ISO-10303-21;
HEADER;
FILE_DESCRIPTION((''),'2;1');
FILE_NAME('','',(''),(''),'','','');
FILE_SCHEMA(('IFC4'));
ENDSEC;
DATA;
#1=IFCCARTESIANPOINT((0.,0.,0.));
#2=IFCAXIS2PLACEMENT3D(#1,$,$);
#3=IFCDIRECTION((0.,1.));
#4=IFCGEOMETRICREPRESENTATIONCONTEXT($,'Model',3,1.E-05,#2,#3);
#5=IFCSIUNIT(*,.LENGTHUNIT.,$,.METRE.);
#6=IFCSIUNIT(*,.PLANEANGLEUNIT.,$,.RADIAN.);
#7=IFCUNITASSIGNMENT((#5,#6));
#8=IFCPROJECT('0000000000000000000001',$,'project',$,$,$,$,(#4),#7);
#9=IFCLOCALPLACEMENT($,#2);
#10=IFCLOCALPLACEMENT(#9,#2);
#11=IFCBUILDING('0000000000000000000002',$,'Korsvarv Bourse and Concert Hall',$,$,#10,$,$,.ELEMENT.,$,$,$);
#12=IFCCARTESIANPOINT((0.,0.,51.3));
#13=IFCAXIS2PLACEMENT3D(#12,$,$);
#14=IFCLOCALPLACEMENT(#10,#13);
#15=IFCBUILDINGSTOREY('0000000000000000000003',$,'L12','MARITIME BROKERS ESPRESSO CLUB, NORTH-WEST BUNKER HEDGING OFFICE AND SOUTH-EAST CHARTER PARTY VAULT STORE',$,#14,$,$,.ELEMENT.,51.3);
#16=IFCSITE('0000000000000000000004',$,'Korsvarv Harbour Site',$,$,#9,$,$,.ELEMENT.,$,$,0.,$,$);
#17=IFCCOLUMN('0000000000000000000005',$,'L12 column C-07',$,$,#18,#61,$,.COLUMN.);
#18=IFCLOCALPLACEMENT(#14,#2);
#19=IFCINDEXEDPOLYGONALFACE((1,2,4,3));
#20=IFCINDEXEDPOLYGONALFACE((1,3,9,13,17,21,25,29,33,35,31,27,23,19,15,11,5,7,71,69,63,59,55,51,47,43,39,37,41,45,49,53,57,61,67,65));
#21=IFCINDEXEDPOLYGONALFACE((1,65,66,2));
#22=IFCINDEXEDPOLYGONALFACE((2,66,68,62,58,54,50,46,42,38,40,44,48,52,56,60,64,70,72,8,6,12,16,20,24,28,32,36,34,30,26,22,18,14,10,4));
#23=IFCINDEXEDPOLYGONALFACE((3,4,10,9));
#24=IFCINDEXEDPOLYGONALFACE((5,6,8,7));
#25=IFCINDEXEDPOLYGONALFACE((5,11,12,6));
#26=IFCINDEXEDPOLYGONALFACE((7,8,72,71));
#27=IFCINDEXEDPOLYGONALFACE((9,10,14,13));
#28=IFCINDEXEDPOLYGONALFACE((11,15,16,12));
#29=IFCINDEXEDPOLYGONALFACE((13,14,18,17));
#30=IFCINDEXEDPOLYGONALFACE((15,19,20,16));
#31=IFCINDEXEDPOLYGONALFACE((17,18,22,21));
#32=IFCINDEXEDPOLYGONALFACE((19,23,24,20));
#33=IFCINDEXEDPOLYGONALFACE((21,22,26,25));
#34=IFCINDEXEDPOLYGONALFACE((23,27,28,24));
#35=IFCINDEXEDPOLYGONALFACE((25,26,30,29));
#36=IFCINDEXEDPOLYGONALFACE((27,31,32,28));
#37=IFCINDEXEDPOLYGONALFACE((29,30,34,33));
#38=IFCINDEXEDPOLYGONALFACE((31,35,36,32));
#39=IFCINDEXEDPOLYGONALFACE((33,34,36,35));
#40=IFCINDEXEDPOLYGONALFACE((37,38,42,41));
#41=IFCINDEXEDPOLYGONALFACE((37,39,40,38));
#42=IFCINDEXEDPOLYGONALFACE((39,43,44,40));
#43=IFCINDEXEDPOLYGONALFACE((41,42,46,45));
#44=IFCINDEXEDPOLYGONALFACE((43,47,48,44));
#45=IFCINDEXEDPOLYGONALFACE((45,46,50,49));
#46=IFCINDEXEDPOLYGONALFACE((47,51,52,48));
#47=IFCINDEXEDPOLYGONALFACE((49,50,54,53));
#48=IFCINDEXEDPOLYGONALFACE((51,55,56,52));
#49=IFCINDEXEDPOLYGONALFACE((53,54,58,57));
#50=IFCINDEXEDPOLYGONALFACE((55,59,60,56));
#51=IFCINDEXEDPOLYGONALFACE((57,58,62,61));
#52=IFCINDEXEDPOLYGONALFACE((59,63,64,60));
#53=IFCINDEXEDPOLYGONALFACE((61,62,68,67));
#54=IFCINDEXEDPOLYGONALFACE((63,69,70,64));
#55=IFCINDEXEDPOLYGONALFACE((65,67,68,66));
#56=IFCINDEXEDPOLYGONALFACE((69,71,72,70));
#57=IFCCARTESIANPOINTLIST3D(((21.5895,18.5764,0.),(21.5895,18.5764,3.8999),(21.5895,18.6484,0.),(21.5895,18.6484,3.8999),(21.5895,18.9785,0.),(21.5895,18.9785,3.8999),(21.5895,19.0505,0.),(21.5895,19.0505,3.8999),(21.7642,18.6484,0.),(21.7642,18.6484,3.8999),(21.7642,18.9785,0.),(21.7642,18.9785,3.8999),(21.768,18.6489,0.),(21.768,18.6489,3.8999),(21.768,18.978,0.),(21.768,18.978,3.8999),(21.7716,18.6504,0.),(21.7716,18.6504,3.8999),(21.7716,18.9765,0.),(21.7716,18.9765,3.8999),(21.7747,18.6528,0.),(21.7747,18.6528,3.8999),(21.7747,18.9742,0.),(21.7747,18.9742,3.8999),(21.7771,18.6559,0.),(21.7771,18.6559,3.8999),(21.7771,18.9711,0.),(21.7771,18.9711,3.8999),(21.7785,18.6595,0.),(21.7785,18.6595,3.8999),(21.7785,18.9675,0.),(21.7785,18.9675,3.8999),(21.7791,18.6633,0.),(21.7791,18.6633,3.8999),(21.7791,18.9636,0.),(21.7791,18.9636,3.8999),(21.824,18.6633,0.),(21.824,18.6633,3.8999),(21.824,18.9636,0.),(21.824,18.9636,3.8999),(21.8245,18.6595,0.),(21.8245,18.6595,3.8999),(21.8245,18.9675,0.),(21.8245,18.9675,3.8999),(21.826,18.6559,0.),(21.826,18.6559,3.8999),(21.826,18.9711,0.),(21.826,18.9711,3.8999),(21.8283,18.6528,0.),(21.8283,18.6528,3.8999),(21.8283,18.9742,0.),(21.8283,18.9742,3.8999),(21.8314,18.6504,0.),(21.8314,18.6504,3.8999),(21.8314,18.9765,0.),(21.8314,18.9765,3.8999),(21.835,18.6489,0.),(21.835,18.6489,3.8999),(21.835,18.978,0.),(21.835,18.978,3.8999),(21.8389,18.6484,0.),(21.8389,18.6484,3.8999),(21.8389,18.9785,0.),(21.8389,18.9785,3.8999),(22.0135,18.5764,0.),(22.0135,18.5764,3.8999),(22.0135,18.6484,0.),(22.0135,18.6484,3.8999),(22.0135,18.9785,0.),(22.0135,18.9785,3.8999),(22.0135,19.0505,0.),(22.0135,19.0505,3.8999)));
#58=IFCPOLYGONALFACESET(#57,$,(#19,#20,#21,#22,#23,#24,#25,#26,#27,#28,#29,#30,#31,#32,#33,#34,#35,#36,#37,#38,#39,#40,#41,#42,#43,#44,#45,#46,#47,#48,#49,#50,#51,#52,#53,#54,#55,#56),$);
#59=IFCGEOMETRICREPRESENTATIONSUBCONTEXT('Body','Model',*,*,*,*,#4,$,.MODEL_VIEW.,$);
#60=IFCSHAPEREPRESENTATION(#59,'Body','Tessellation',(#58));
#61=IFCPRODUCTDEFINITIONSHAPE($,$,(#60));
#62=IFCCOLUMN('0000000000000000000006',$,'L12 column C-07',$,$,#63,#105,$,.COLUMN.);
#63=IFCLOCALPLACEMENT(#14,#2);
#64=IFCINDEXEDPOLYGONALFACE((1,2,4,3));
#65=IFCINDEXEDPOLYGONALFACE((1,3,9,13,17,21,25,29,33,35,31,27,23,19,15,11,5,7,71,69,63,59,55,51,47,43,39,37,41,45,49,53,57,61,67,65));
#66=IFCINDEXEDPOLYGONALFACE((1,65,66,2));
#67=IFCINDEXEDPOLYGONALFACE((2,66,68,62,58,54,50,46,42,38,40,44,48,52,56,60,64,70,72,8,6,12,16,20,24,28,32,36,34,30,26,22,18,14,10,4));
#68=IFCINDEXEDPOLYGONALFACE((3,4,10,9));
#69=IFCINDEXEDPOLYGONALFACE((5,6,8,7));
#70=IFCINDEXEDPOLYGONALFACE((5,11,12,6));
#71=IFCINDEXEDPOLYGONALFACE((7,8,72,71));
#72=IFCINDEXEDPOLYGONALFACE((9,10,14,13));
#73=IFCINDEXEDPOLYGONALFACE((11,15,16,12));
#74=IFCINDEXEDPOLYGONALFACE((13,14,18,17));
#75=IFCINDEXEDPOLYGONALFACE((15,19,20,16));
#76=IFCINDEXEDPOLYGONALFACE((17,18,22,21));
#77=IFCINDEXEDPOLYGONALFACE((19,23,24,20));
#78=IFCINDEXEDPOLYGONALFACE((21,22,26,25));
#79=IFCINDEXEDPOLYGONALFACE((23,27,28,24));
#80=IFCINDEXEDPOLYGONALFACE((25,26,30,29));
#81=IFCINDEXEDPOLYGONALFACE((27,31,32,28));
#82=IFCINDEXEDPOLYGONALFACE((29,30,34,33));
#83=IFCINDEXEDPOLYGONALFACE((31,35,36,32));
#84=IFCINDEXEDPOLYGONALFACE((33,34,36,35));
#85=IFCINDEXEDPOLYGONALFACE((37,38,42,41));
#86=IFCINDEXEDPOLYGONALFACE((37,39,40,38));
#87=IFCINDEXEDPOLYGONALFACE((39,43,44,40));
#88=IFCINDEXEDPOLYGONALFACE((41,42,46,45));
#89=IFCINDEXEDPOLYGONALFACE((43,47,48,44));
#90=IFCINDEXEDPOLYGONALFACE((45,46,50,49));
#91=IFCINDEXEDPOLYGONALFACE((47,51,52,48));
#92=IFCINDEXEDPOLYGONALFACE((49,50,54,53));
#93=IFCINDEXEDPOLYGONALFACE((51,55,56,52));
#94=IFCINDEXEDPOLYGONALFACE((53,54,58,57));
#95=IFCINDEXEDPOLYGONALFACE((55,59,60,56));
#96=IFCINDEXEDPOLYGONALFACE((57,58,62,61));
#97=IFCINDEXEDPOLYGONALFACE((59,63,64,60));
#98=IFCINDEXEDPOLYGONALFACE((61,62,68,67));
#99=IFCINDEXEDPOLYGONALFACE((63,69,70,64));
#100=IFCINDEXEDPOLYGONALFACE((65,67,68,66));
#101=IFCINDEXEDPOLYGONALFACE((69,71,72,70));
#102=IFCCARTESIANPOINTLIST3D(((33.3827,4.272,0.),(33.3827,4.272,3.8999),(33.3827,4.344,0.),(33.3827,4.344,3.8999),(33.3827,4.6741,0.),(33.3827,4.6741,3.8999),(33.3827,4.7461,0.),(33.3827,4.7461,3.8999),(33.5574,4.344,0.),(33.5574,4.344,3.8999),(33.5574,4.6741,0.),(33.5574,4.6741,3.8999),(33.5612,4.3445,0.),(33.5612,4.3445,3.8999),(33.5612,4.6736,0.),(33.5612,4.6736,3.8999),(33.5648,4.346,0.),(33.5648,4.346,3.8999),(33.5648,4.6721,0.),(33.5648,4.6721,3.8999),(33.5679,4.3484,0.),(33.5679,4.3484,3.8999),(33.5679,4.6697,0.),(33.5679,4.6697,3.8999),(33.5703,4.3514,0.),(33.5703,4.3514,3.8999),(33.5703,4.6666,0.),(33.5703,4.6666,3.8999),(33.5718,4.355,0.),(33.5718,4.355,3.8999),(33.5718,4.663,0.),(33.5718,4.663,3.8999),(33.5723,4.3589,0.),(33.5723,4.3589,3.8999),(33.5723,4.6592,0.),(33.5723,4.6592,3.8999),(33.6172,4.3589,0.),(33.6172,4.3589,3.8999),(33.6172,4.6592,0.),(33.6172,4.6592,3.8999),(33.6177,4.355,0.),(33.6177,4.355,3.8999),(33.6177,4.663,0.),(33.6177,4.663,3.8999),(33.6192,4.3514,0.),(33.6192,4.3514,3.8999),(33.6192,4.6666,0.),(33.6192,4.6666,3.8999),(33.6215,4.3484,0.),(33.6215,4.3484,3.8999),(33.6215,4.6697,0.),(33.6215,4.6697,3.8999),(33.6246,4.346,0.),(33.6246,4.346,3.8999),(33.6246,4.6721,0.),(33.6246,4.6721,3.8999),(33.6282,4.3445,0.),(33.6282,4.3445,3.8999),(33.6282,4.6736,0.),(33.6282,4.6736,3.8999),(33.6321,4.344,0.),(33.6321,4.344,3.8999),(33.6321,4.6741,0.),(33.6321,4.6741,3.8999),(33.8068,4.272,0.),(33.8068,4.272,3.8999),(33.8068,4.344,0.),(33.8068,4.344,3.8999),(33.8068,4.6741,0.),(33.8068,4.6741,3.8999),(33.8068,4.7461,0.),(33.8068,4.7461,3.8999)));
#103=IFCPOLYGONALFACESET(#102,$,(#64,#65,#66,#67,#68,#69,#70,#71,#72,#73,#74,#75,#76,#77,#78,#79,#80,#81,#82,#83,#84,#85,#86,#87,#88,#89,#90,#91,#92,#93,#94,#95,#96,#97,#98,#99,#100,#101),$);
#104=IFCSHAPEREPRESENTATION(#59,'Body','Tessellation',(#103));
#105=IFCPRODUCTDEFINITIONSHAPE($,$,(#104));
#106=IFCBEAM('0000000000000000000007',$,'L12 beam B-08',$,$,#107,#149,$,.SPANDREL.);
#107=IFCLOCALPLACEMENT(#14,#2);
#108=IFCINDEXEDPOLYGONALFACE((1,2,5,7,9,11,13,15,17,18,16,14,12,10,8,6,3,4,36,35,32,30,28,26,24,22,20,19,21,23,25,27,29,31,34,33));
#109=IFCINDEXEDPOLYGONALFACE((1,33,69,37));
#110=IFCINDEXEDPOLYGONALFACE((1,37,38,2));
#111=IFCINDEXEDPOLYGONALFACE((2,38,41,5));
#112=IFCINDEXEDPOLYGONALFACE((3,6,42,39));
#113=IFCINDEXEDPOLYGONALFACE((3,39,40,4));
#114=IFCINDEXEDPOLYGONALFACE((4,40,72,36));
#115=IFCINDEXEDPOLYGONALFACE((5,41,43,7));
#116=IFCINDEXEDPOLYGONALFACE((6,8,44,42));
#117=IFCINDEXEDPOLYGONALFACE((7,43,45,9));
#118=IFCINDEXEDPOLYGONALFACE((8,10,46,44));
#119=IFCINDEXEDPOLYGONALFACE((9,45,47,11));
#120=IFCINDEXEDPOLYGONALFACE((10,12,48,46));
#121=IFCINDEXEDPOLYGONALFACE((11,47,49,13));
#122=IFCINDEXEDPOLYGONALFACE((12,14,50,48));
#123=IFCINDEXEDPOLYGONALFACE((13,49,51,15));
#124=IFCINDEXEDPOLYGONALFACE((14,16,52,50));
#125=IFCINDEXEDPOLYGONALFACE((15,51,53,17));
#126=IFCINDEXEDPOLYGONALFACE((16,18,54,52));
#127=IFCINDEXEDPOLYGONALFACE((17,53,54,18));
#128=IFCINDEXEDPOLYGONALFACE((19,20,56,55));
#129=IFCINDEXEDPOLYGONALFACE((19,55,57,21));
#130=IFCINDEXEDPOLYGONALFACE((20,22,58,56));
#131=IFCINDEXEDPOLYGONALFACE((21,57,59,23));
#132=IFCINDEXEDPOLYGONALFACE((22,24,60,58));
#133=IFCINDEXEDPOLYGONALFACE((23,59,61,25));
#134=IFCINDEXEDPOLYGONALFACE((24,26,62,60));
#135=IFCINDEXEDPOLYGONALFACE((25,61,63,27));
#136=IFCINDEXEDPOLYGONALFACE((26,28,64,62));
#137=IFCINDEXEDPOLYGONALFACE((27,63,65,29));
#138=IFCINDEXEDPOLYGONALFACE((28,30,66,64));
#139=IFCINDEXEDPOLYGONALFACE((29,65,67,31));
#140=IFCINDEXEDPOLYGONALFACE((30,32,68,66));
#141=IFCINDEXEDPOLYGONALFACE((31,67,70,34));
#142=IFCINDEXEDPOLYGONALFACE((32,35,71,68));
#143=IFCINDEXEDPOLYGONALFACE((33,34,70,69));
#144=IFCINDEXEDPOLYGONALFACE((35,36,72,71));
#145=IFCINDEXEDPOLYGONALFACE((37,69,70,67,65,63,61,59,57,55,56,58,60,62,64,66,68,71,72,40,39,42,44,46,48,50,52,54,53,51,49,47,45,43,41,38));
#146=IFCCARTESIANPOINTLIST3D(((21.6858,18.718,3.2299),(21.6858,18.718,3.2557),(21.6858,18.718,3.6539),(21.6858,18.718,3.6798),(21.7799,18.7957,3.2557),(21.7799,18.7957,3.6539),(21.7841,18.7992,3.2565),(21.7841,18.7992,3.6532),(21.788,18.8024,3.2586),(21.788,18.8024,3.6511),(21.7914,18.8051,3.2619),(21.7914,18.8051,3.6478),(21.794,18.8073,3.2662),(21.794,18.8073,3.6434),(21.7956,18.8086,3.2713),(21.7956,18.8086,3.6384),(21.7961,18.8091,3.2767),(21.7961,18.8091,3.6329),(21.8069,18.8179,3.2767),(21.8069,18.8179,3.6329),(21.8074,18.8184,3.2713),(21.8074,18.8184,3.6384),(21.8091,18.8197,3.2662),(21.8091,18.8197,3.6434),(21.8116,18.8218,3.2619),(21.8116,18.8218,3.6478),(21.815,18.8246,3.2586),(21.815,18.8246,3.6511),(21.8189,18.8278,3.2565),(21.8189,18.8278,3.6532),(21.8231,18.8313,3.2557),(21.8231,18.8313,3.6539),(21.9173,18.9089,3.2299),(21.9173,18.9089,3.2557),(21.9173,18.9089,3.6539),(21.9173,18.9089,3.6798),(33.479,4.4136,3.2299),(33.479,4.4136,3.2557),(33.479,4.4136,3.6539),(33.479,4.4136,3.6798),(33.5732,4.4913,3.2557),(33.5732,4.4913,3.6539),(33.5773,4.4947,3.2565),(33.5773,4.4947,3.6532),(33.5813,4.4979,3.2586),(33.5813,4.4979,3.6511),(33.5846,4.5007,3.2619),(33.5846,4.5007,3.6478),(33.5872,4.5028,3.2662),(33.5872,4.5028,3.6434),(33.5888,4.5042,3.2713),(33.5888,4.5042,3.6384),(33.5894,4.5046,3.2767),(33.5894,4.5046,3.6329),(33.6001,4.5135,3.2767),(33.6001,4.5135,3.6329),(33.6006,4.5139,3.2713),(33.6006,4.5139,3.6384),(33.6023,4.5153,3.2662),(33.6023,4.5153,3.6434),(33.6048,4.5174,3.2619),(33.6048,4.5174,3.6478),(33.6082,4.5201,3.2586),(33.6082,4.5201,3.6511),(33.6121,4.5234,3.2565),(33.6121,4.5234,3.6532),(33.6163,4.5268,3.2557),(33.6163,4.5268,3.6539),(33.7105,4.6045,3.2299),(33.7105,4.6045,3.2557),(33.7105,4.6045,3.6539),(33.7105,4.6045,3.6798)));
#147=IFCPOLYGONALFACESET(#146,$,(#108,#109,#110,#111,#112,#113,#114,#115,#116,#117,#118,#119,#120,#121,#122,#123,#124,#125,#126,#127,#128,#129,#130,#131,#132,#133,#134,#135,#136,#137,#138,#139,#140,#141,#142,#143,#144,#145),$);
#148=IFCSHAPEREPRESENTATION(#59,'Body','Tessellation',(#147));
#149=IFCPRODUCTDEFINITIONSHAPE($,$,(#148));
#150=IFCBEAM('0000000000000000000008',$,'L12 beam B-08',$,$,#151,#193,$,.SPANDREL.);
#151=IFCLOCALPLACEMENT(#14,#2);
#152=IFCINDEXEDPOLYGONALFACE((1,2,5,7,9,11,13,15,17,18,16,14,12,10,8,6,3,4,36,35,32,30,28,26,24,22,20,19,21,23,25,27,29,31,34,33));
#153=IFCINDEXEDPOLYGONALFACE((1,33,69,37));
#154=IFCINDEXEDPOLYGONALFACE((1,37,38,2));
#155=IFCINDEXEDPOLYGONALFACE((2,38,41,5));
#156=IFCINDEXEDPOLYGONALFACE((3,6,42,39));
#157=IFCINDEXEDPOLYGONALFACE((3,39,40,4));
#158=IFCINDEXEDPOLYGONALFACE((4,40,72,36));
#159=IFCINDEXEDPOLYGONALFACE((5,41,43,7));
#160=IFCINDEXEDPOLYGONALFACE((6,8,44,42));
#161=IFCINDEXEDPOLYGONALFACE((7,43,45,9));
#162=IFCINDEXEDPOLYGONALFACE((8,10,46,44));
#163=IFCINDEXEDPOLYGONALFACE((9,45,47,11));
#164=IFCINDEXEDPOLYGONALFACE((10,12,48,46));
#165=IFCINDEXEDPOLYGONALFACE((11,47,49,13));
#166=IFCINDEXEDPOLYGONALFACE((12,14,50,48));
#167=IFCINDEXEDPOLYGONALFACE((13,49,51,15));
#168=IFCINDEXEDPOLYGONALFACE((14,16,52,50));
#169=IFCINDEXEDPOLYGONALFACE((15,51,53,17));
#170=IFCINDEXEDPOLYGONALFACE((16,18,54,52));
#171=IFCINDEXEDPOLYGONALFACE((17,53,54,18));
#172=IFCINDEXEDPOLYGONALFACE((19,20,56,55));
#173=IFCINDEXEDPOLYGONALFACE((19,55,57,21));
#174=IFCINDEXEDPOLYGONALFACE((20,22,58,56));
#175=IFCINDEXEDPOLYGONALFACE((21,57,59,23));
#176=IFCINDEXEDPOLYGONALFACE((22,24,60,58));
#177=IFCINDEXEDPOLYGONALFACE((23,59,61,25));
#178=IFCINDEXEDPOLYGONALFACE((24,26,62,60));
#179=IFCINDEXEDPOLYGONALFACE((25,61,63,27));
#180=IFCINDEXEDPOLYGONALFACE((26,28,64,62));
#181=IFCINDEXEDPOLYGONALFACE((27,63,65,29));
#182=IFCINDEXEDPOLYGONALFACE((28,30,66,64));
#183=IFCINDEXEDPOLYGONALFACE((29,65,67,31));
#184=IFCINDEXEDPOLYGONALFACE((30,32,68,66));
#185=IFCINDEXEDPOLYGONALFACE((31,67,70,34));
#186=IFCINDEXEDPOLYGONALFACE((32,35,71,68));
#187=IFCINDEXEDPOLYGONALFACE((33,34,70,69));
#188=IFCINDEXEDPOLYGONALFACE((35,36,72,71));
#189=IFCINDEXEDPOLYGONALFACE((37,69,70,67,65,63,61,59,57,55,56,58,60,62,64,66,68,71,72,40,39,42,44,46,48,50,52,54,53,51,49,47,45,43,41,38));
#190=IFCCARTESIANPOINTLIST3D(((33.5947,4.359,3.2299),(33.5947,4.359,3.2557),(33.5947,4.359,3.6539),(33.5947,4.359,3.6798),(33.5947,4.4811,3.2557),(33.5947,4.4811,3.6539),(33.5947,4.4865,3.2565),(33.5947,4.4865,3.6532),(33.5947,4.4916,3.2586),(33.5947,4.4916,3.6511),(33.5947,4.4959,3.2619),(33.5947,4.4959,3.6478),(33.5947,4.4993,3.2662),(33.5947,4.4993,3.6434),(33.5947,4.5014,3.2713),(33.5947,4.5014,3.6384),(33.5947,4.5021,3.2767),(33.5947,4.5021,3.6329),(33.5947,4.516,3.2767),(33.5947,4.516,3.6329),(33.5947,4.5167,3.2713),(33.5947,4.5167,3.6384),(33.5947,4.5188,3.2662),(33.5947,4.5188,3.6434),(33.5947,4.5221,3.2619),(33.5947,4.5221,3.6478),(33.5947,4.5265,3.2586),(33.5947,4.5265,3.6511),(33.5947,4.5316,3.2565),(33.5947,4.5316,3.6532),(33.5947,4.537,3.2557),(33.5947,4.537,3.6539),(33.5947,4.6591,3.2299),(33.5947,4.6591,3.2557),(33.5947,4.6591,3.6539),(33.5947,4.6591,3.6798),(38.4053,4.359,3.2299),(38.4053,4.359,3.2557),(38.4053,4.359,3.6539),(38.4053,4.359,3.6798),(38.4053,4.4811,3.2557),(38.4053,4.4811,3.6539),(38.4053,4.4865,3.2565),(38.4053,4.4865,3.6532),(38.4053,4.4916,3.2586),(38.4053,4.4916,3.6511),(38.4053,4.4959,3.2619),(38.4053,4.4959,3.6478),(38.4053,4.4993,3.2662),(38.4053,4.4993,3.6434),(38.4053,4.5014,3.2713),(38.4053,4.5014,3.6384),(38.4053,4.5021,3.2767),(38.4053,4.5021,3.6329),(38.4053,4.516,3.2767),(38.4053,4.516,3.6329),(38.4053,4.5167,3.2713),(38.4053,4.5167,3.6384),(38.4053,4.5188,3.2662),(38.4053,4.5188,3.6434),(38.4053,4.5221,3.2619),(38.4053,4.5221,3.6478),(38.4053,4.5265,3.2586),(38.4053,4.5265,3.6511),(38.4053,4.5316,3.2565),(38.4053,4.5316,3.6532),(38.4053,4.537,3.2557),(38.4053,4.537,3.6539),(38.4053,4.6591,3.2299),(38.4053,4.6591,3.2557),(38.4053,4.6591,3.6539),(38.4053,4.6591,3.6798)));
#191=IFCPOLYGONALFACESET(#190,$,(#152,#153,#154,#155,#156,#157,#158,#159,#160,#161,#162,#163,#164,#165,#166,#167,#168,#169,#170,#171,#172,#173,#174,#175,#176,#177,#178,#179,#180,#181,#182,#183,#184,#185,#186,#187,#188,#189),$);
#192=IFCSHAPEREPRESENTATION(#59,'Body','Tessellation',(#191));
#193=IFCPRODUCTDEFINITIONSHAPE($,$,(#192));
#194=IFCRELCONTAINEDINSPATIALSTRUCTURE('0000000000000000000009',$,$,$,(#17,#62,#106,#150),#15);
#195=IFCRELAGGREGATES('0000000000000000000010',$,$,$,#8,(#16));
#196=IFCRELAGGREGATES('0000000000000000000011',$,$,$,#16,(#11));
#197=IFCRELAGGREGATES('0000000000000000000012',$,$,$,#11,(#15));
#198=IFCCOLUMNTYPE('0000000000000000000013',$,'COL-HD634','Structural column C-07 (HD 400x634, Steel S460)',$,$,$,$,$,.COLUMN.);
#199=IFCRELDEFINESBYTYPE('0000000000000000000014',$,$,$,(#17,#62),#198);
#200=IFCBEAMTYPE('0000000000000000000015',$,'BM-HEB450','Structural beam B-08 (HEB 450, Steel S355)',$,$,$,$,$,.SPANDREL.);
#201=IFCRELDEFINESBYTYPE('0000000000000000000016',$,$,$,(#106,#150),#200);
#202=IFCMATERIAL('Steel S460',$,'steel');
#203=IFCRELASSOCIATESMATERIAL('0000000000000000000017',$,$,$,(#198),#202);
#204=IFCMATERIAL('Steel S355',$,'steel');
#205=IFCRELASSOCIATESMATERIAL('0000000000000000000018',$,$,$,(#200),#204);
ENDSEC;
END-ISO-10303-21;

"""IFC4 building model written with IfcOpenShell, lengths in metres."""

from ifc_helpers import new_model, si_unit, direction, frame, origin, origin_2d, place, context, subcontext, project, spatial, i_section, extrude, source, transform, mapped, material, material_profile, profile_set, type_object, element, save


model = new_model("IFC4")

# Units and contexts
model_context = context("Model", 3, precision=1e-05, world=origin(), true_north=direction((0.0, 1.0)))
body_context = subcontext(model_context, "Body", "Model", "MODEL_VIEW")
ifc_project = project(units=[si_unit("LENGTHUNIT", "METRE"), si_unit("PLANEANGLEUNIT", "RADIAN")], contexts=[model_context])

# Site, building, storey
site_placement = place(None, origin())
site = spatial("IfcSite", under=ifc_project, at=site_placement, Name="Korsvarv Harbour Site", CompositionType="ELEMENT", RefElevation=0.0)
building_placement = place(site_placement, origin())
building = spatial("IfcBuilding", under=site, at=building_placement, Name="Korsvarv Bourse and Concert Hall", CompositionType="ELEMENT")
storey_placement = place(building_placement, frame((0.0, 0.0, 51.3)))
storey = spatial("IfcBuildingStorey", under=building, at=storey_placement, Name="L12", Description="MARITIME BROKERS ESPRESSO CLUB, NORTH-WEST BUNKER HEDGING OFFICE AND SOUTH-EAST CHARTER PARTY VAULT STORE", CompositionType="ELEMENT", Elevation=51.3)

# Columns
ifc_material_1 = material(Name="Steel S460", Category="steel")
ifc_material_profile_1 = material_profile(ifc_material_1, i_section(OverallWidth=0.4241, OverallDepth=0.4741, WebThickness=0.0449, FlangeThickness=0.072, FilletRadius=0.0149, at=origin_2d()), Name="HD 400x634")
ifc_profile_set_1 = profile_set([ifc_material_profile_1], Name="Steel S460")
column_type = type_object("IfcColumnType", Name="COL-HD634", Description="Structural column C-07 (HD 400x634, Steel S460)", PredefinedType="COLUMN", material=ifc_profile_set_1)
shared_shape_1 = source(origin(), body_context, "Body", "SweptSolid", [
    extrude(i_section(OverallWidth=0.4241, OverallDepth=0.4741, WebThickness=0.0449, FlangeThickness=0.072, FilletRadius=0.0149, at=origin_2d()), origin(), (0.0, 0.0, 1.0), 3.8999),
])
for number, where, z_axis, x_axis, name in (
    (1, (21.8015, 18.8135, 0.0), (0.0, 0.0, 1.0), (1.0, 0.0, 0.0), "L12 column C-07"),
    (2, (33.5947, 4.509, 0.0), (0.0, 0.0, 1.0), (1.0, 0.0, 0.0), "L12 column C-07"),
):
    element("IfcColumn", number, at=place(storey_placement, frame(where, z_axis=z_axis, x_axis=x_axis)), inside=storey, type_object=column_type, Name=name, PredefinedType="COLUMN", context=body_context, shape_type="MappedRepresentation", body=[
        mapped(shared_shape_1, transform((0.0, 0.0, 0.0), scale=1.0)),
    ])

# Beams
ifc_material_2 = material(Name="Steel S355", Category="steel")
ifc_material_profile_2 = material_profile(ifc_material_2, i_section(OverallWidth=0.3, OverallDepth=0.45, WebThickness=0.0139, FlangeThickness=0.0259, FilletRadius=0.021, at=origin_2d()), Name="HEB 450")
ifc_profile_set_2 = profile_set([ifc_material_profile_2], Name="Steel S355")
beam_type_1 = type_object("IfcBeamType", Name="BM-HEB450", Description="Structural beam B-08 (HEB 450, Steel S355)", PredefinedType="SPANDREL", material=ifc_profile_set_2)
shared_shape_2 = source(origin(), body_context, "Body", "SweptSolid", [
    extrude(i_section(OverallWidth=0.3, OverallDepth=0.45, WebThickness=0.0139, FlangeThickness=0.0259, FilletRadius=0.021, at=origin_2d()), origin(), (0.0, 0.0, 1.0), 18.5391),
])
beam_1_placement = place(storey_placement, frame((21.8015, 18.8135, 3.4548), z_axis=(0.636128, -0.771584, 0.0), x_axis=(0.771584, 0.636128, 0.0)))
element("IfcBeam", 3, at=beam_1_placement, inside=storey, type_object=beam_type_1, Name="L12 beam B-08", PredefinedType="SPANDREL", context=body_context, shape_type="MappedRepresentation", body=[
    mapped(shared_shape_2, transform((0.0, 0.0, 0.0), scale=1.0)),
])
shared_shape_3 = source(origin(), body_context, "Body", "SweptSolid", [
    extrude(i_section(OverallWidth=0.3, OverallDepth=0.45, WebThickness=0.0139, FlangeThickness=0.0259, FilletRadius=0.021, at=origin_2d()), origin(), (0.0, 0.0, 1.0), 4.8105),
])
beam_2_placement = place(storey_placement, frame((33.5947, 4.509, 3.4548), z_axis=(1.0, 0.0, 0.0), x_axis=(0.0, 1.0, 0.0)))
element("IfcBeam", 4, at=beam_2_placement, inside=storey, type_object=beam_type_1, Name="L12 beam B-08", PredefinedType="SPANDREL", context=body_context, shape_type="MappedRepresentation", body=[
    mapped(shared_shape_3, transform((0.0, 0.0, 0.0), scale=1.0)),
])

save(model, "model.ifc")
